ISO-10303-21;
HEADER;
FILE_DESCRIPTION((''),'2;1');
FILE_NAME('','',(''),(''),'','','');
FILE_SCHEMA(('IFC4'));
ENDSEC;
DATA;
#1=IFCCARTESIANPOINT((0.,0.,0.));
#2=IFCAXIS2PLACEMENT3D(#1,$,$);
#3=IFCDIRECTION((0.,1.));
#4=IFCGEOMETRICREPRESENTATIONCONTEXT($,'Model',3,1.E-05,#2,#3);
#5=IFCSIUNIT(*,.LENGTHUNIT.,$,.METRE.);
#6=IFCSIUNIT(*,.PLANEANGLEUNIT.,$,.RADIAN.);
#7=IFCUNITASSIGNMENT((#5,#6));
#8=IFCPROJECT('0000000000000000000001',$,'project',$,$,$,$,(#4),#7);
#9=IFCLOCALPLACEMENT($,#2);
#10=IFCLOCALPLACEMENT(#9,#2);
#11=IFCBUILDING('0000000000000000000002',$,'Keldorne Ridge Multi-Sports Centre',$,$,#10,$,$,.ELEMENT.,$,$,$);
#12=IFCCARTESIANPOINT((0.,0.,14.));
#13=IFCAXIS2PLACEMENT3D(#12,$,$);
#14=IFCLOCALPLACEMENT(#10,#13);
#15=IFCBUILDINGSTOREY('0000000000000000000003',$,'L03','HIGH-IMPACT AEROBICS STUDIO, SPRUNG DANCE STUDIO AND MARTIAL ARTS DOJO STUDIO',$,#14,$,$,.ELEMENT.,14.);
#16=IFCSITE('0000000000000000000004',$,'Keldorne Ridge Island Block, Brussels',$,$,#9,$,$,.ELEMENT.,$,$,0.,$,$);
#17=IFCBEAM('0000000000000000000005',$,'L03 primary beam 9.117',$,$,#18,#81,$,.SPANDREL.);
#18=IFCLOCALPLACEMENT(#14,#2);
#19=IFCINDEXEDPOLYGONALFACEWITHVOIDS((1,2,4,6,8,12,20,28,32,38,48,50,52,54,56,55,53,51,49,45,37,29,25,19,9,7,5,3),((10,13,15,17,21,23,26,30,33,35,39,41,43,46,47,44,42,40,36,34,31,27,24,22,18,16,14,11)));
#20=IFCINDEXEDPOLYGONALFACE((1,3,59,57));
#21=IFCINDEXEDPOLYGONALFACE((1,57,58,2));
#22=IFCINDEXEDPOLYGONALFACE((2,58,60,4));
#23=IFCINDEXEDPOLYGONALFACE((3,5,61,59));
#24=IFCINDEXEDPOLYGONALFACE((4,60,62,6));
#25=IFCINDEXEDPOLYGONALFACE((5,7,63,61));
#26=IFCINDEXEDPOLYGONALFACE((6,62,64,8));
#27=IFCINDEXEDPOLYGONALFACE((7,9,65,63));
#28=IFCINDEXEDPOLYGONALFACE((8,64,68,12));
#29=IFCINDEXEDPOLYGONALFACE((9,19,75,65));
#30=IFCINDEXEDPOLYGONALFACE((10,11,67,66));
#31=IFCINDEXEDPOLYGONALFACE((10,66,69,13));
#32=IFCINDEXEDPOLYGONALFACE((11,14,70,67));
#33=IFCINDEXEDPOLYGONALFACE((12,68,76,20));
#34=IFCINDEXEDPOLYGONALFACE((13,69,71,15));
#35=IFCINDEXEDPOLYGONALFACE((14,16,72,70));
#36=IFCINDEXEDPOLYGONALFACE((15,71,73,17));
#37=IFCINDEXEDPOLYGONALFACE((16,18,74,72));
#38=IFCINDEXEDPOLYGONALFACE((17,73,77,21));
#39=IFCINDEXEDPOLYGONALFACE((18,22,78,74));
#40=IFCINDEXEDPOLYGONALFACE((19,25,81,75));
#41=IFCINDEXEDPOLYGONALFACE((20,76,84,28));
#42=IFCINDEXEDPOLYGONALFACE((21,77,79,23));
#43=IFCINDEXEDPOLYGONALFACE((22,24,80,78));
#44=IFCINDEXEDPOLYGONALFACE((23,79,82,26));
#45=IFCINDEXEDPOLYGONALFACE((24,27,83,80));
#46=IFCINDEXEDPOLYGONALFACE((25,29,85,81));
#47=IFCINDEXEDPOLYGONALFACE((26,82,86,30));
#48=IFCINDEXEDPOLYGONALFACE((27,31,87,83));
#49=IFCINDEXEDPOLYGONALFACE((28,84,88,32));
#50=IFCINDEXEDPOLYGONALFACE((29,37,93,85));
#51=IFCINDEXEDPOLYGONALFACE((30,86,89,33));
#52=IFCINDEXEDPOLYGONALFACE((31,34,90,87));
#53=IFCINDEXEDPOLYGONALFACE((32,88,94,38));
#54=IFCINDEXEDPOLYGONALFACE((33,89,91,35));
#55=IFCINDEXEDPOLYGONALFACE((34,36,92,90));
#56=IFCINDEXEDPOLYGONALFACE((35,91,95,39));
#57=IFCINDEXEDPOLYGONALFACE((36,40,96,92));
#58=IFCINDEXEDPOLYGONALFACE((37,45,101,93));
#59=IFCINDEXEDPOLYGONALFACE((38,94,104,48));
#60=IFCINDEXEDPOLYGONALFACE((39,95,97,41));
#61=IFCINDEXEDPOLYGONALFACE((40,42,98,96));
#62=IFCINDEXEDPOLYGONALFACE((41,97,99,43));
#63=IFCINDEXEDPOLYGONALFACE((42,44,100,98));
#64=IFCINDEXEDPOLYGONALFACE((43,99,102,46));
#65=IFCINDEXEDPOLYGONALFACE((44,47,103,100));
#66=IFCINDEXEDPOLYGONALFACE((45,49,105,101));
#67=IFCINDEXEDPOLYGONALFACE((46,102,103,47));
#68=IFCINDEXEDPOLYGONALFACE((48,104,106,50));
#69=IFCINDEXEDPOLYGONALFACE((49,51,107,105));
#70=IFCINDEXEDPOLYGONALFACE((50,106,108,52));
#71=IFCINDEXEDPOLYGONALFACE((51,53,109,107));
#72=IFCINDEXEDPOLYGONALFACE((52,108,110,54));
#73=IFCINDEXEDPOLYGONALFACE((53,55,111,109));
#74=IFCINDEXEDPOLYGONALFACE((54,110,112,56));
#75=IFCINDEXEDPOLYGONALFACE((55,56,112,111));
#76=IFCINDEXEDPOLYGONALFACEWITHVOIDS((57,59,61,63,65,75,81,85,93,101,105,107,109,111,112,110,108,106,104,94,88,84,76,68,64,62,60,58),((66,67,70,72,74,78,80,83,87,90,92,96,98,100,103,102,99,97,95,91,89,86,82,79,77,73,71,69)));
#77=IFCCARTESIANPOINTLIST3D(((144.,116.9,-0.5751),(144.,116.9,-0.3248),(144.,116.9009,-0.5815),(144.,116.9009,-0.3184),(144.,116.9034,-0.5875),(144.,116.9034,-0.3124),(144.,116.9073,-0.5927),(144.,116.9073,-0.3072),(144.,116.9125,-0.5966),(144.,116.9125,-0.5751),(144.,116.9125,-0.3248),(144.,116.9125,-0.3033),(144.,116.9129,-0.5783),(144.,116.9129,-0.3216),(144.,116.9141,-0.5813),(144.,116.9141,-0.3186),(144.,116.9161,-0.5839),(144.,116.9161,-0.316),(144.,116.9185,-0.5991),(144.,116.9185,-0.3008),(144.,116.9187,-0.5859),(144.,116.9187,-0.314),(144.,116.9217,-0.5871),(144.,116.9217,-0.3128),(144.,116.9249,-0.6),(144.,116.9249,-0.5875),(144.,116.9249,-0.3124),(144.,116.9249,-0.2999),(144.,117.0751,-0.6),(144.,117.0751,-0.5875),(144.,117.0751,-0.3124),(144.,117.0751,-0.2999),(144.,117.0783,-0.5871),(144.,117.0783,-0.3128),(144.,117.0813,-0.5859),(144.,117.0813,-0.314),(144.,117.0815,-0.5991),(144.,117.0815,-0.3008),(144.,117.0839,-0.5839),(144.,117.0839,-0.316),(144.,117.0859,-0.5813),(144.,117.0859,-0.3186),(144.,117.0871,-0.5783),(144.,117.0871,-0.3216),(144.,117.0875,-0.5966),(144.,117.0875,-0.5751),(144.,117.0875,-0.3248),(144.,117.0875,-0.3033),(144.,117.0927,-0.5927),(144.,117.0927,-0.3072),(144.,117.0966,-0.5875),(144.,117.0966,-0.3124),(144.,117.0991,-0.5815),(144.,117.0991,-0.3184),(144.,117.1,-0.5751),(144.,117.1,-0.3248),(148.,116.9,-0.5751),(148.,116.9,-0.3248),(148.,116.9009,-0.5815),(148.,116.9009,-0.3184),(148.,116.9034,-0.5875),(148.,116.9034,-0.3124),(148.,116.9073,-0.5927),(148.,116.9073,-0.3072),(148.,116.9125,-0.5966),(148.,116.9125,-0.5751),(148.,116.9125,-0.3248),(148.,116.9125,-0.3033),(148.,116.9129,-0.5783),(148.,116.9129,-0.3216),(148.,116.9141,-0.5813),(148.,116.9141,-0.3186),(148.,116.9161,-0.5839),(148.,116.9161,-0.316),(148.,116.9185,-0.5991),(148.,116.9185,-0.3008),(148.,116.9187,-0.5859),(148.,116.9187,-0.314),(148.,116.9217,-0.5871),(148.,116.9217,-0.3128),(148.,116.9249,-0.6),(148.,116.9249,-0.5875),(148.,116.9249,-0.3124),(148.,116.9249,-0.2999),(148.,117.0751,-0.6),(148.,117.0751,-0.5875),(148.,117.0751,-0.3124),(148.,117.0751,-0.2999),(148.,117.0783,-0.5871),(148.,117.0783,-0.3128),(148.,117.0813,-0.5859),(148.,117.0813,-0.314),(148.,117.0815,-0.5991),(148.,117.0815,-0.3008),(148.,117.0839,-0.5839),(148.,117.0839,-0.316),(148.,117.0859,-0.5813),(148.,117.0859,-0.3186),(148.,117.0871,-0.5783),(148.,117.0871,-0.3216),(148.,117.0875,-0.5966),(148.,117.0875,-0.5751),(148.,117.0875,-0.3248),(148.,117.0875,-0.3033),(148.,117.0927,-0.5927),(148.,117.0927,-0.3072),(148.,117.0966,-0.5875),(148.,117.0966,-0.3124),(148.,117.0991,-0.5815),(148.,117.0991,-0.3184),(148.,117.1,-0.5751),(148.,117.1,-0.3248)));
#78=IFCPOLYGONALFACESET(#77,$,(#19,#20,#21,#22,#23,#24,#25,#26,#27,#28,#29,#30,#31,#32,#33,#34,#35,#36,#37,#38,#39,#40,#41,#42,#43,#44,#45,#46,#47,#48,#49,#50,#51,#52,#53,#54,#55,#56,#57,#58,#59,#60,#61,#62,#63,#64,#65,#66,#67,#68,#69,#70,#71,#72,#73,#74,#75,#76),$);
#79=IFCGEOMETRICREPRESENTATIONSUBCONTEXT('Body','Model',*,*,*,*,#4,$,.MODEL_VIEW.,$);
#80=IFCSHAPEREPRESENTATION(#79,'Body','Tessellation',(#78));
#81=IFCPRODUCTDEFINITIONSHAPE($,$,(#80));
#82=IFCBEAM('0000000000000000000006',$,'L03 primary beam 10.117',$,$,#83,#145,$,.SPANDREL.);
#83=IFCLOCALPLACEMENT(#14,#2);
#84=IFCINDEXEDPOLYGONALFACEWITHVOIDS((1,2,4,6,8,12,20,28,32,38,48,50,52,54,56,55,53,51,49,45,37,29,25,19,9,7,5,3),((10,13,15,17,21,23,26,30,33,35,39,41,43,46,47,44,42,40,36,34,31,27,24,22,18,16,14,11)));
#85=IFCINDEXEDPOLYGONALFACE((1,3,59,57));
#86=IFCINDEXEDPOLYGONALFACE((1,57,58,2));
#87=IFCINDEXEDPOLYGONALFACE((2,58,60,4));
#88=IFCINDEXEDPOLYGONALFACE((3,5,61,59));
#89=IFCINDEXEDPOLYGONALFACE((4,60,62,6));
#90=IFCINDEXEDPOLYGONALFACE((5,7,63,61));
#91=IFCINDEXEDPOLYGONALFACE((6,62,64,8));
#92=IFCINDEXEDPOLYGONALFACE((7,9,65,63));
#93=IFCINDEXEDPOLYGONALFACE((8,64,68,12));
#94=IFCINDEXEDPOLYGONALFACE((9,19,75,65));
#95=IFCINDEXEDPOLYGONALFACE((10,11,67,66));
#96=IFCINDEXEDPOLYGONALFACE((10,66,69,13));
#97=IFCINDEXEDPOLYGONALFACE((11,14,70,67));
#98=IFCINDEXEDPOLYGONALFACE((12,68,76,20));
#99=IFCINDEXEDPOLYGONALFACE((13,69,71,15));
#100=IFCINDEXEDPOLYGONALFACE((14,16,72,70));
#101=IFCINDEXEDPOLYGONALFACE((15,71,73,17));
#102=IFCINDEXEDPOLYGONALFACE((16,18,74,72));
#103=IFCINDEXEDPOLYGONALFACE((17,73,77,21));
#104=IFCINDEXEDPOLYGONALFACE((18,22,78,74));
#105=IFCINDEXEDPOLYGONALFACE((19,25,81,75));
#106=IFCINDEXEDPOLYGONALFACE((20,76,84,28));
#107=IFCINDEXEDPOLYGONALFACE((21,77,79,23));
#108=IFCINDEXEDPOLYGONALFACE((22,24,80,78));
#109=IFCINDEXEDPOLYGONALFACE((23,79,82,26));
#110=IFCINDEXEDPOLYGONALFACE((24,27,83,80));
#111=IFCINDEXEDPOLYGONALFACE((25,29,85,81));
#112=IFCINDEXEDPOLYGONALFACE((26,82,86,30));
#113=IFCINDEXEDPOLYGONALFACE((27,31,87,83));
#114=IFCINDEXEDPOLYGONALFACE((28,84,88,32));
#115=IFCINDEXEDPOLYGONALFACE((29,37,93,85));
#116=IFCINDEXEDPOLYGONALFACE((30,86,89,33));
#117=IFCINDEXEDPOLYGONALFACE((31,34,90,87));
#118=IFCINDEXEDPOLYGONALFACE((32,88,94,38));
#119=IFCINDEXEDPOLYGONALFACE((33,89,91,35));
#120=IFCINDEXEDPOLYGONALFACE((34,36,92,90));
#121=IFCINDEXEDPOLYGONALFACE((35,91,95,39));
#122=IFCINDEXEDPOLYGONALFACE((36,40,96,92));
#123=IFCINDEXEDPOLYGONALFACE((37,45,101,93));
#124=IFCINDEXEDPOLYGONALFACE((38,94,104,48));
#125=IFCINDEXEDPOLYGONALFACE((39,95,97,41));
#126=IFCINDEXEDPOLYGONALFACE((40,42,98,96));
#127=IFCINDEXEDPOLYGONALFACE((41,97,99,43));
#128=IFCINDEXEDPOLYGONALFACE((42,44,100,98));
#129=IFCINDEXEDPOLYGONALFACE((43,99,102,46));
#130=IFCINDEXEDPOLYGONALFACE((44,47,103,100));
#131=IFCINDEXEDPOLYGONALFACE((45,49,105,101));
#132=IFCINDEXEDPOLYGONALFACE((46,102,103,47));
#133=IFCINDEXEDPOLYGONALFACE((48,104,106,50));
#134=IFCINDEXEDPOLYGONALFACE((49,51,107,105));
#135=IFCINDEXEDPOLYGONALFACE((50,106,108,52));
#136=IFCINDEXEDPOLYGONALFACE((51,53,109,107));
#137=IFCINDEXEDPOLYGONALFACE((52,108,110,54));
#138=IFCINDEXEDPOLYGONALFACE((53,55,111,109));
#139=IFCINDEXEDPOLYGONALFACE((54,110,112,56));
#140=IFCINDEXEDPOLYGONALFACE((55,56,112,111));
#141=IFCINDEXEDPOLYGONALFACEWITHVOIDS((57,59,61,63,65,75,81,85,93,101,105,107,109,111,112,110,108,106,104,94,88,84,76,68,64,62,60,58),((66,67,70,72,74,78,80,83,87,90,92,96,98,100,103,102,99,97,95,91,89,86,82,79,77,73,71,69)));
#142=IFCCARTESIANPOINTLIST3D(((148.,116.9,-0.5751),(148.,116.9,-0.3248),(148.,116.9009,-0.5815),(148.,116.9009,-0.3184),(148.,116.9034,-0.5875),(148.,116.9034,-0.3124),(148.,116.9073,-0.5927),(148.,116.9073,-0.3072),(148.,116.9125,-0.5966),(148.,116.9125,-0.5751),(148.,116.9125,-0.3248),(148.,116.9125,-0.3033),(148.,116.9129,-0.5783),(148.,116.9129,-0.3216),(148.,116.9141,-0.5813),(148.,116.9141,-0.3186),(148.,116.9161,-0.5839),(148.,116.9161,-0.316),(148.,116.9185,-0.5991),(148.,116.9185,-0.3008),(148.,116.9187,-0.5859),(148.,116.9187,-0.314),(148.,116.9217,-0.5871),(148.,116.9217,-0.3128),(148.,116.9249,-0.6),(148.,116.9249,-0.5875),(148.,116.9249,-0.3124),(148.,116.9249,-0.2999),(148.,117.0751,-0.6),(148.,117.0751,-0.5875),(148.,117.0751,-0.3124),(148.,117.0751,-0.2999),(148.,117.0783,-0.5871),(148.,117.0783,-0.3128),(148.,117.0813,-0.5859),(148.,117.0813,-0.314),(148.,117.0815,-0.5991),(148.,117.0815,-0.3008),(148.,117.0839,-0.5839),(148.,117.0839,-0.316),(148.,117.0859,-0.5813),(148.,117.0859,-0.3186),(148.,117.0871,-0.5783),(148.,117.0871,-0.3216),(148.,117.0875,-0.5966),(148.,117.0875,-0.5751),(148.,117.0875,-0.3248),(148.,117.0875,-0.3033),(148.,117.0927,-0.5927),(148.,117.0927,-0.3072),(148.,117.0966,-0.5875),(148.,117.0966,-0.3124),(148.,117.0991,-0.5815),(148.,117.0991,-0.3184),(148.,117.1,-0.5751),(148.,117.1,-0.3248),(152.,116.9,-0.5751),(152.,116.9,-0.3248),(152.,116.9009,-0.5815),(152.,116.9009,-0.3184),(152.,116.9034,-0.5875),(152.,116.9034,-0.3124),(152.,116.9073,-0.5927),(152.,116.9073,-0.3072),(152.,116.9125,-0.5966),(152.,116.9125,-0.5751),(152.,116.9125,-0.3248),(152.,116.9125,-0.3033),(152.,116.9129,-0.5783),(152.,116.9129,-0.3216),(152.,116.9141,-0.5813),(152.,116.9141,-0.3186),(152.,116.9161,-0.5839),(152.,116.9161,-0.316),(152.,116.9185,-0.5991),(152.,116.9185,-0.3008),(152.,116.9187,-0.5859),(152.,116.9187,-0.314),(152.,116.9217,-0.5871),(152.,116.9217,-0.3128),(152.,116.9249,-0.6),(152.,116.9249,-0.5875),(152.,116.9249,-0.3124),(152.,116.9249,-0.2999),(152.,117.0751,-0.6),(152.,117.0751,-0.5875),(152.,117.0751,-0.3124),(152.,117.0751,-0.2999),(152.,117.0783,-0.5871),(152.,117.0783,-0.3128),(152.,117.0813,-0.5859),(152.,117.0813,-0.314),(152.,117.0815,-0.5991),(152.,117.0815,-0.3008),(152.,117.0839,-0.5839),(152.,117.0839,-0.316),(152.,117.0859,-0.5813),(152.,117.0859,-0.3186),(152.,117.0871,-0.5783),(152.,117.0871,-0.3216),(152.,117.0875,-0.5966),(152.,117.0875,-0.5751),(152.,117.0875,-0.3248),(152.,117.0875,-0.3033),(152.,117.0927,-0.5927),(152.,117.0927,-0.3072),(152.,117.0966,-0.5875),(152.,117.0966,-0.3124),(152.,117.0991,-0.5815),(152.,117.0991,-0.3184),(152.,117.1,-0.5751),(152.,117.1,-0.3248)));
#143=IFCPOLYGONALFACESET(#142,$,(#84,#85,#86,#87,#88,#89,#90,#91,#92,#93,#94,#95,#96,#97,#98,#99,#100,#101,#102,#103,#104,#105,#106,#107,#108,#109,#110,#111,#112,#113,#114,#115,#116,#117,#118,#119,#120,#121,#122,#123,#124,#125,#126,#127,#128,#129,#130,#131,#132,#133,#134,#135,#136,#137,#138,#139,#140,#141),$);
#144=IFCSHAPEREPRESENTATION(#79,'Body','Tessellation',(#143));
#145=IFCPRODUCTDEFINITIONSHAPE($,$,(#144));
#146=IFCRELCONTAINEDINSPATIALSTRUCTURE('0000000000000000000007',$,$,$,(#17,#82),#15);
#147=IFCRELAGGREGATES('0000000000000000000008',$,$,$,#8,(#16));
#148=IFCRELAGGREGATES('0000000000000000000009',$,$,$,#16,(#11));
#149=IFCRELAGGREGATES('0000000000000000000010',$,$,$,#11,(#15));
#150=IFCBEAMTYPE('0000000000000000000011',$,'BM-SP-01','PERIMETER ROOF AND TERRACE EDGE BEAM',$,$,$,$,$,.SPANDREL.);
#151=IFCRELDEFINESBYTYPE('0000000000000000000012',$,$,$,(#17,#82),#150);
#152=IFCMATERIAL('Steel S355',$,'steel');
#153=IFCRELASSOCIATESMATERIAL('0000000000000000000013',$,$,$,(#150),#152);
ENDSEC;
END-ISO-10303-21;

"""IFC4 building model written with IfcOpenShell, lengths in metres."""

from ifc_helpers import new_model, si_unit, direction, frame, origin, origin_2d, place, context, subcontext, project, spatial, hollow_rectangle, extrude, material, material_profile, profile_set, type_object, element, save


model = new_model("IFC4")

# Units and contexts
model_context = context("Model", 3, precision=1e-05, world=origin(), true_north=direction((0.0, 1.0)))
body_context = subcontext(model_context, "Body", "Model", "MODEL_VIEW")
ifc_project = project(units=[si_unit("LENGTHUNIT", "METRE"), si_unit("PLANEANGLEUNIT", "RADIAN")], contexts=[model_context])

# Site, building, storey
site_placement = place(None, origin())
site = spatial("IfcSite", under=ifc_project, at=site_placement, Name="Keldorne Ridge Island Block, Brussels", CompositionType="ELEMENT", RefElevation=0.0)
building_placement = place(site_placement, origin())
building = spatial("IfcBuilding", under=site, at=building_placement, Name="Keldorne Ridge Multi-Sports Centre", CompositionType="ELEMENT")
storey_placement = place(building_placement, frame((0.0, 0.0, 14.0)))
storey = spatial("IfcBuildingStorey", under=building, at=storey_placement, Name="L03", Description="HIGH-IMPACT AEROBICS STUDIO, SPRUNG DANCE STUDIO AND MARTIAL ARTS DOJO STUDIO", CompositionType="ELEMENT", Elevation=14.0)

# Shared definitions
ifc_material_1 = material(Name="Steel S355", Category="steel")

# Beams
ifc_material_profile_1 = material_profile(ifc_material_1, hollow_rectangle(XDim=0.2, YDim=0.3, WallThickness=0.0125, InnerFilletRadius=0.0125, OuterFilletRadius=0.0249, at=origin_2d()), Name="RHS 300x200x12.5")
ifc_profile_set_1 = profile_set([ifc_material_profile_1], Name="Steel S355")
beam_type_1 = type_object("IfcBeamType", Name="BM-SP-01", Description="PERIMETER ROOF AND TERRACE EDGE BEAM", PredefinedType="SPANDREL", material=ifc_profile_set_1)
for number, where, z_axis, x_axis, name in (
    (1, (144.0, 117.0, -0.45), (1.0, 0.0, 0.0), (0.0, 1.0, 0.0), "L03 primary beam 9.117"),
    (2, (148.0, 117.0, -0.45), (1.0, 0.0, 0.0), (0.0, 1.0, 0.0), "L03 primary beam 10.117"),
):
    element("IfcBeam", number, at=place(storey_placement, frame(where, z_axis=z_axis, x_axis=x_axis)), inside=storey, type_object=beam_type_1, Name=name, PredefinedType="SPANDREL", context=body_context, shape_type="SweptSolid", body=[
        extrude(hollow_rectangle(XDim=0.2, YDim=0.3, WallThickness=0.0125, InnerFilletRadius=0.0125, OuterFilletRadius=0.0249, at=origin_2d()), origin(), (0.0, 0.0, 1.0), 4.0),
    ])

save(model, "model.ifc")
